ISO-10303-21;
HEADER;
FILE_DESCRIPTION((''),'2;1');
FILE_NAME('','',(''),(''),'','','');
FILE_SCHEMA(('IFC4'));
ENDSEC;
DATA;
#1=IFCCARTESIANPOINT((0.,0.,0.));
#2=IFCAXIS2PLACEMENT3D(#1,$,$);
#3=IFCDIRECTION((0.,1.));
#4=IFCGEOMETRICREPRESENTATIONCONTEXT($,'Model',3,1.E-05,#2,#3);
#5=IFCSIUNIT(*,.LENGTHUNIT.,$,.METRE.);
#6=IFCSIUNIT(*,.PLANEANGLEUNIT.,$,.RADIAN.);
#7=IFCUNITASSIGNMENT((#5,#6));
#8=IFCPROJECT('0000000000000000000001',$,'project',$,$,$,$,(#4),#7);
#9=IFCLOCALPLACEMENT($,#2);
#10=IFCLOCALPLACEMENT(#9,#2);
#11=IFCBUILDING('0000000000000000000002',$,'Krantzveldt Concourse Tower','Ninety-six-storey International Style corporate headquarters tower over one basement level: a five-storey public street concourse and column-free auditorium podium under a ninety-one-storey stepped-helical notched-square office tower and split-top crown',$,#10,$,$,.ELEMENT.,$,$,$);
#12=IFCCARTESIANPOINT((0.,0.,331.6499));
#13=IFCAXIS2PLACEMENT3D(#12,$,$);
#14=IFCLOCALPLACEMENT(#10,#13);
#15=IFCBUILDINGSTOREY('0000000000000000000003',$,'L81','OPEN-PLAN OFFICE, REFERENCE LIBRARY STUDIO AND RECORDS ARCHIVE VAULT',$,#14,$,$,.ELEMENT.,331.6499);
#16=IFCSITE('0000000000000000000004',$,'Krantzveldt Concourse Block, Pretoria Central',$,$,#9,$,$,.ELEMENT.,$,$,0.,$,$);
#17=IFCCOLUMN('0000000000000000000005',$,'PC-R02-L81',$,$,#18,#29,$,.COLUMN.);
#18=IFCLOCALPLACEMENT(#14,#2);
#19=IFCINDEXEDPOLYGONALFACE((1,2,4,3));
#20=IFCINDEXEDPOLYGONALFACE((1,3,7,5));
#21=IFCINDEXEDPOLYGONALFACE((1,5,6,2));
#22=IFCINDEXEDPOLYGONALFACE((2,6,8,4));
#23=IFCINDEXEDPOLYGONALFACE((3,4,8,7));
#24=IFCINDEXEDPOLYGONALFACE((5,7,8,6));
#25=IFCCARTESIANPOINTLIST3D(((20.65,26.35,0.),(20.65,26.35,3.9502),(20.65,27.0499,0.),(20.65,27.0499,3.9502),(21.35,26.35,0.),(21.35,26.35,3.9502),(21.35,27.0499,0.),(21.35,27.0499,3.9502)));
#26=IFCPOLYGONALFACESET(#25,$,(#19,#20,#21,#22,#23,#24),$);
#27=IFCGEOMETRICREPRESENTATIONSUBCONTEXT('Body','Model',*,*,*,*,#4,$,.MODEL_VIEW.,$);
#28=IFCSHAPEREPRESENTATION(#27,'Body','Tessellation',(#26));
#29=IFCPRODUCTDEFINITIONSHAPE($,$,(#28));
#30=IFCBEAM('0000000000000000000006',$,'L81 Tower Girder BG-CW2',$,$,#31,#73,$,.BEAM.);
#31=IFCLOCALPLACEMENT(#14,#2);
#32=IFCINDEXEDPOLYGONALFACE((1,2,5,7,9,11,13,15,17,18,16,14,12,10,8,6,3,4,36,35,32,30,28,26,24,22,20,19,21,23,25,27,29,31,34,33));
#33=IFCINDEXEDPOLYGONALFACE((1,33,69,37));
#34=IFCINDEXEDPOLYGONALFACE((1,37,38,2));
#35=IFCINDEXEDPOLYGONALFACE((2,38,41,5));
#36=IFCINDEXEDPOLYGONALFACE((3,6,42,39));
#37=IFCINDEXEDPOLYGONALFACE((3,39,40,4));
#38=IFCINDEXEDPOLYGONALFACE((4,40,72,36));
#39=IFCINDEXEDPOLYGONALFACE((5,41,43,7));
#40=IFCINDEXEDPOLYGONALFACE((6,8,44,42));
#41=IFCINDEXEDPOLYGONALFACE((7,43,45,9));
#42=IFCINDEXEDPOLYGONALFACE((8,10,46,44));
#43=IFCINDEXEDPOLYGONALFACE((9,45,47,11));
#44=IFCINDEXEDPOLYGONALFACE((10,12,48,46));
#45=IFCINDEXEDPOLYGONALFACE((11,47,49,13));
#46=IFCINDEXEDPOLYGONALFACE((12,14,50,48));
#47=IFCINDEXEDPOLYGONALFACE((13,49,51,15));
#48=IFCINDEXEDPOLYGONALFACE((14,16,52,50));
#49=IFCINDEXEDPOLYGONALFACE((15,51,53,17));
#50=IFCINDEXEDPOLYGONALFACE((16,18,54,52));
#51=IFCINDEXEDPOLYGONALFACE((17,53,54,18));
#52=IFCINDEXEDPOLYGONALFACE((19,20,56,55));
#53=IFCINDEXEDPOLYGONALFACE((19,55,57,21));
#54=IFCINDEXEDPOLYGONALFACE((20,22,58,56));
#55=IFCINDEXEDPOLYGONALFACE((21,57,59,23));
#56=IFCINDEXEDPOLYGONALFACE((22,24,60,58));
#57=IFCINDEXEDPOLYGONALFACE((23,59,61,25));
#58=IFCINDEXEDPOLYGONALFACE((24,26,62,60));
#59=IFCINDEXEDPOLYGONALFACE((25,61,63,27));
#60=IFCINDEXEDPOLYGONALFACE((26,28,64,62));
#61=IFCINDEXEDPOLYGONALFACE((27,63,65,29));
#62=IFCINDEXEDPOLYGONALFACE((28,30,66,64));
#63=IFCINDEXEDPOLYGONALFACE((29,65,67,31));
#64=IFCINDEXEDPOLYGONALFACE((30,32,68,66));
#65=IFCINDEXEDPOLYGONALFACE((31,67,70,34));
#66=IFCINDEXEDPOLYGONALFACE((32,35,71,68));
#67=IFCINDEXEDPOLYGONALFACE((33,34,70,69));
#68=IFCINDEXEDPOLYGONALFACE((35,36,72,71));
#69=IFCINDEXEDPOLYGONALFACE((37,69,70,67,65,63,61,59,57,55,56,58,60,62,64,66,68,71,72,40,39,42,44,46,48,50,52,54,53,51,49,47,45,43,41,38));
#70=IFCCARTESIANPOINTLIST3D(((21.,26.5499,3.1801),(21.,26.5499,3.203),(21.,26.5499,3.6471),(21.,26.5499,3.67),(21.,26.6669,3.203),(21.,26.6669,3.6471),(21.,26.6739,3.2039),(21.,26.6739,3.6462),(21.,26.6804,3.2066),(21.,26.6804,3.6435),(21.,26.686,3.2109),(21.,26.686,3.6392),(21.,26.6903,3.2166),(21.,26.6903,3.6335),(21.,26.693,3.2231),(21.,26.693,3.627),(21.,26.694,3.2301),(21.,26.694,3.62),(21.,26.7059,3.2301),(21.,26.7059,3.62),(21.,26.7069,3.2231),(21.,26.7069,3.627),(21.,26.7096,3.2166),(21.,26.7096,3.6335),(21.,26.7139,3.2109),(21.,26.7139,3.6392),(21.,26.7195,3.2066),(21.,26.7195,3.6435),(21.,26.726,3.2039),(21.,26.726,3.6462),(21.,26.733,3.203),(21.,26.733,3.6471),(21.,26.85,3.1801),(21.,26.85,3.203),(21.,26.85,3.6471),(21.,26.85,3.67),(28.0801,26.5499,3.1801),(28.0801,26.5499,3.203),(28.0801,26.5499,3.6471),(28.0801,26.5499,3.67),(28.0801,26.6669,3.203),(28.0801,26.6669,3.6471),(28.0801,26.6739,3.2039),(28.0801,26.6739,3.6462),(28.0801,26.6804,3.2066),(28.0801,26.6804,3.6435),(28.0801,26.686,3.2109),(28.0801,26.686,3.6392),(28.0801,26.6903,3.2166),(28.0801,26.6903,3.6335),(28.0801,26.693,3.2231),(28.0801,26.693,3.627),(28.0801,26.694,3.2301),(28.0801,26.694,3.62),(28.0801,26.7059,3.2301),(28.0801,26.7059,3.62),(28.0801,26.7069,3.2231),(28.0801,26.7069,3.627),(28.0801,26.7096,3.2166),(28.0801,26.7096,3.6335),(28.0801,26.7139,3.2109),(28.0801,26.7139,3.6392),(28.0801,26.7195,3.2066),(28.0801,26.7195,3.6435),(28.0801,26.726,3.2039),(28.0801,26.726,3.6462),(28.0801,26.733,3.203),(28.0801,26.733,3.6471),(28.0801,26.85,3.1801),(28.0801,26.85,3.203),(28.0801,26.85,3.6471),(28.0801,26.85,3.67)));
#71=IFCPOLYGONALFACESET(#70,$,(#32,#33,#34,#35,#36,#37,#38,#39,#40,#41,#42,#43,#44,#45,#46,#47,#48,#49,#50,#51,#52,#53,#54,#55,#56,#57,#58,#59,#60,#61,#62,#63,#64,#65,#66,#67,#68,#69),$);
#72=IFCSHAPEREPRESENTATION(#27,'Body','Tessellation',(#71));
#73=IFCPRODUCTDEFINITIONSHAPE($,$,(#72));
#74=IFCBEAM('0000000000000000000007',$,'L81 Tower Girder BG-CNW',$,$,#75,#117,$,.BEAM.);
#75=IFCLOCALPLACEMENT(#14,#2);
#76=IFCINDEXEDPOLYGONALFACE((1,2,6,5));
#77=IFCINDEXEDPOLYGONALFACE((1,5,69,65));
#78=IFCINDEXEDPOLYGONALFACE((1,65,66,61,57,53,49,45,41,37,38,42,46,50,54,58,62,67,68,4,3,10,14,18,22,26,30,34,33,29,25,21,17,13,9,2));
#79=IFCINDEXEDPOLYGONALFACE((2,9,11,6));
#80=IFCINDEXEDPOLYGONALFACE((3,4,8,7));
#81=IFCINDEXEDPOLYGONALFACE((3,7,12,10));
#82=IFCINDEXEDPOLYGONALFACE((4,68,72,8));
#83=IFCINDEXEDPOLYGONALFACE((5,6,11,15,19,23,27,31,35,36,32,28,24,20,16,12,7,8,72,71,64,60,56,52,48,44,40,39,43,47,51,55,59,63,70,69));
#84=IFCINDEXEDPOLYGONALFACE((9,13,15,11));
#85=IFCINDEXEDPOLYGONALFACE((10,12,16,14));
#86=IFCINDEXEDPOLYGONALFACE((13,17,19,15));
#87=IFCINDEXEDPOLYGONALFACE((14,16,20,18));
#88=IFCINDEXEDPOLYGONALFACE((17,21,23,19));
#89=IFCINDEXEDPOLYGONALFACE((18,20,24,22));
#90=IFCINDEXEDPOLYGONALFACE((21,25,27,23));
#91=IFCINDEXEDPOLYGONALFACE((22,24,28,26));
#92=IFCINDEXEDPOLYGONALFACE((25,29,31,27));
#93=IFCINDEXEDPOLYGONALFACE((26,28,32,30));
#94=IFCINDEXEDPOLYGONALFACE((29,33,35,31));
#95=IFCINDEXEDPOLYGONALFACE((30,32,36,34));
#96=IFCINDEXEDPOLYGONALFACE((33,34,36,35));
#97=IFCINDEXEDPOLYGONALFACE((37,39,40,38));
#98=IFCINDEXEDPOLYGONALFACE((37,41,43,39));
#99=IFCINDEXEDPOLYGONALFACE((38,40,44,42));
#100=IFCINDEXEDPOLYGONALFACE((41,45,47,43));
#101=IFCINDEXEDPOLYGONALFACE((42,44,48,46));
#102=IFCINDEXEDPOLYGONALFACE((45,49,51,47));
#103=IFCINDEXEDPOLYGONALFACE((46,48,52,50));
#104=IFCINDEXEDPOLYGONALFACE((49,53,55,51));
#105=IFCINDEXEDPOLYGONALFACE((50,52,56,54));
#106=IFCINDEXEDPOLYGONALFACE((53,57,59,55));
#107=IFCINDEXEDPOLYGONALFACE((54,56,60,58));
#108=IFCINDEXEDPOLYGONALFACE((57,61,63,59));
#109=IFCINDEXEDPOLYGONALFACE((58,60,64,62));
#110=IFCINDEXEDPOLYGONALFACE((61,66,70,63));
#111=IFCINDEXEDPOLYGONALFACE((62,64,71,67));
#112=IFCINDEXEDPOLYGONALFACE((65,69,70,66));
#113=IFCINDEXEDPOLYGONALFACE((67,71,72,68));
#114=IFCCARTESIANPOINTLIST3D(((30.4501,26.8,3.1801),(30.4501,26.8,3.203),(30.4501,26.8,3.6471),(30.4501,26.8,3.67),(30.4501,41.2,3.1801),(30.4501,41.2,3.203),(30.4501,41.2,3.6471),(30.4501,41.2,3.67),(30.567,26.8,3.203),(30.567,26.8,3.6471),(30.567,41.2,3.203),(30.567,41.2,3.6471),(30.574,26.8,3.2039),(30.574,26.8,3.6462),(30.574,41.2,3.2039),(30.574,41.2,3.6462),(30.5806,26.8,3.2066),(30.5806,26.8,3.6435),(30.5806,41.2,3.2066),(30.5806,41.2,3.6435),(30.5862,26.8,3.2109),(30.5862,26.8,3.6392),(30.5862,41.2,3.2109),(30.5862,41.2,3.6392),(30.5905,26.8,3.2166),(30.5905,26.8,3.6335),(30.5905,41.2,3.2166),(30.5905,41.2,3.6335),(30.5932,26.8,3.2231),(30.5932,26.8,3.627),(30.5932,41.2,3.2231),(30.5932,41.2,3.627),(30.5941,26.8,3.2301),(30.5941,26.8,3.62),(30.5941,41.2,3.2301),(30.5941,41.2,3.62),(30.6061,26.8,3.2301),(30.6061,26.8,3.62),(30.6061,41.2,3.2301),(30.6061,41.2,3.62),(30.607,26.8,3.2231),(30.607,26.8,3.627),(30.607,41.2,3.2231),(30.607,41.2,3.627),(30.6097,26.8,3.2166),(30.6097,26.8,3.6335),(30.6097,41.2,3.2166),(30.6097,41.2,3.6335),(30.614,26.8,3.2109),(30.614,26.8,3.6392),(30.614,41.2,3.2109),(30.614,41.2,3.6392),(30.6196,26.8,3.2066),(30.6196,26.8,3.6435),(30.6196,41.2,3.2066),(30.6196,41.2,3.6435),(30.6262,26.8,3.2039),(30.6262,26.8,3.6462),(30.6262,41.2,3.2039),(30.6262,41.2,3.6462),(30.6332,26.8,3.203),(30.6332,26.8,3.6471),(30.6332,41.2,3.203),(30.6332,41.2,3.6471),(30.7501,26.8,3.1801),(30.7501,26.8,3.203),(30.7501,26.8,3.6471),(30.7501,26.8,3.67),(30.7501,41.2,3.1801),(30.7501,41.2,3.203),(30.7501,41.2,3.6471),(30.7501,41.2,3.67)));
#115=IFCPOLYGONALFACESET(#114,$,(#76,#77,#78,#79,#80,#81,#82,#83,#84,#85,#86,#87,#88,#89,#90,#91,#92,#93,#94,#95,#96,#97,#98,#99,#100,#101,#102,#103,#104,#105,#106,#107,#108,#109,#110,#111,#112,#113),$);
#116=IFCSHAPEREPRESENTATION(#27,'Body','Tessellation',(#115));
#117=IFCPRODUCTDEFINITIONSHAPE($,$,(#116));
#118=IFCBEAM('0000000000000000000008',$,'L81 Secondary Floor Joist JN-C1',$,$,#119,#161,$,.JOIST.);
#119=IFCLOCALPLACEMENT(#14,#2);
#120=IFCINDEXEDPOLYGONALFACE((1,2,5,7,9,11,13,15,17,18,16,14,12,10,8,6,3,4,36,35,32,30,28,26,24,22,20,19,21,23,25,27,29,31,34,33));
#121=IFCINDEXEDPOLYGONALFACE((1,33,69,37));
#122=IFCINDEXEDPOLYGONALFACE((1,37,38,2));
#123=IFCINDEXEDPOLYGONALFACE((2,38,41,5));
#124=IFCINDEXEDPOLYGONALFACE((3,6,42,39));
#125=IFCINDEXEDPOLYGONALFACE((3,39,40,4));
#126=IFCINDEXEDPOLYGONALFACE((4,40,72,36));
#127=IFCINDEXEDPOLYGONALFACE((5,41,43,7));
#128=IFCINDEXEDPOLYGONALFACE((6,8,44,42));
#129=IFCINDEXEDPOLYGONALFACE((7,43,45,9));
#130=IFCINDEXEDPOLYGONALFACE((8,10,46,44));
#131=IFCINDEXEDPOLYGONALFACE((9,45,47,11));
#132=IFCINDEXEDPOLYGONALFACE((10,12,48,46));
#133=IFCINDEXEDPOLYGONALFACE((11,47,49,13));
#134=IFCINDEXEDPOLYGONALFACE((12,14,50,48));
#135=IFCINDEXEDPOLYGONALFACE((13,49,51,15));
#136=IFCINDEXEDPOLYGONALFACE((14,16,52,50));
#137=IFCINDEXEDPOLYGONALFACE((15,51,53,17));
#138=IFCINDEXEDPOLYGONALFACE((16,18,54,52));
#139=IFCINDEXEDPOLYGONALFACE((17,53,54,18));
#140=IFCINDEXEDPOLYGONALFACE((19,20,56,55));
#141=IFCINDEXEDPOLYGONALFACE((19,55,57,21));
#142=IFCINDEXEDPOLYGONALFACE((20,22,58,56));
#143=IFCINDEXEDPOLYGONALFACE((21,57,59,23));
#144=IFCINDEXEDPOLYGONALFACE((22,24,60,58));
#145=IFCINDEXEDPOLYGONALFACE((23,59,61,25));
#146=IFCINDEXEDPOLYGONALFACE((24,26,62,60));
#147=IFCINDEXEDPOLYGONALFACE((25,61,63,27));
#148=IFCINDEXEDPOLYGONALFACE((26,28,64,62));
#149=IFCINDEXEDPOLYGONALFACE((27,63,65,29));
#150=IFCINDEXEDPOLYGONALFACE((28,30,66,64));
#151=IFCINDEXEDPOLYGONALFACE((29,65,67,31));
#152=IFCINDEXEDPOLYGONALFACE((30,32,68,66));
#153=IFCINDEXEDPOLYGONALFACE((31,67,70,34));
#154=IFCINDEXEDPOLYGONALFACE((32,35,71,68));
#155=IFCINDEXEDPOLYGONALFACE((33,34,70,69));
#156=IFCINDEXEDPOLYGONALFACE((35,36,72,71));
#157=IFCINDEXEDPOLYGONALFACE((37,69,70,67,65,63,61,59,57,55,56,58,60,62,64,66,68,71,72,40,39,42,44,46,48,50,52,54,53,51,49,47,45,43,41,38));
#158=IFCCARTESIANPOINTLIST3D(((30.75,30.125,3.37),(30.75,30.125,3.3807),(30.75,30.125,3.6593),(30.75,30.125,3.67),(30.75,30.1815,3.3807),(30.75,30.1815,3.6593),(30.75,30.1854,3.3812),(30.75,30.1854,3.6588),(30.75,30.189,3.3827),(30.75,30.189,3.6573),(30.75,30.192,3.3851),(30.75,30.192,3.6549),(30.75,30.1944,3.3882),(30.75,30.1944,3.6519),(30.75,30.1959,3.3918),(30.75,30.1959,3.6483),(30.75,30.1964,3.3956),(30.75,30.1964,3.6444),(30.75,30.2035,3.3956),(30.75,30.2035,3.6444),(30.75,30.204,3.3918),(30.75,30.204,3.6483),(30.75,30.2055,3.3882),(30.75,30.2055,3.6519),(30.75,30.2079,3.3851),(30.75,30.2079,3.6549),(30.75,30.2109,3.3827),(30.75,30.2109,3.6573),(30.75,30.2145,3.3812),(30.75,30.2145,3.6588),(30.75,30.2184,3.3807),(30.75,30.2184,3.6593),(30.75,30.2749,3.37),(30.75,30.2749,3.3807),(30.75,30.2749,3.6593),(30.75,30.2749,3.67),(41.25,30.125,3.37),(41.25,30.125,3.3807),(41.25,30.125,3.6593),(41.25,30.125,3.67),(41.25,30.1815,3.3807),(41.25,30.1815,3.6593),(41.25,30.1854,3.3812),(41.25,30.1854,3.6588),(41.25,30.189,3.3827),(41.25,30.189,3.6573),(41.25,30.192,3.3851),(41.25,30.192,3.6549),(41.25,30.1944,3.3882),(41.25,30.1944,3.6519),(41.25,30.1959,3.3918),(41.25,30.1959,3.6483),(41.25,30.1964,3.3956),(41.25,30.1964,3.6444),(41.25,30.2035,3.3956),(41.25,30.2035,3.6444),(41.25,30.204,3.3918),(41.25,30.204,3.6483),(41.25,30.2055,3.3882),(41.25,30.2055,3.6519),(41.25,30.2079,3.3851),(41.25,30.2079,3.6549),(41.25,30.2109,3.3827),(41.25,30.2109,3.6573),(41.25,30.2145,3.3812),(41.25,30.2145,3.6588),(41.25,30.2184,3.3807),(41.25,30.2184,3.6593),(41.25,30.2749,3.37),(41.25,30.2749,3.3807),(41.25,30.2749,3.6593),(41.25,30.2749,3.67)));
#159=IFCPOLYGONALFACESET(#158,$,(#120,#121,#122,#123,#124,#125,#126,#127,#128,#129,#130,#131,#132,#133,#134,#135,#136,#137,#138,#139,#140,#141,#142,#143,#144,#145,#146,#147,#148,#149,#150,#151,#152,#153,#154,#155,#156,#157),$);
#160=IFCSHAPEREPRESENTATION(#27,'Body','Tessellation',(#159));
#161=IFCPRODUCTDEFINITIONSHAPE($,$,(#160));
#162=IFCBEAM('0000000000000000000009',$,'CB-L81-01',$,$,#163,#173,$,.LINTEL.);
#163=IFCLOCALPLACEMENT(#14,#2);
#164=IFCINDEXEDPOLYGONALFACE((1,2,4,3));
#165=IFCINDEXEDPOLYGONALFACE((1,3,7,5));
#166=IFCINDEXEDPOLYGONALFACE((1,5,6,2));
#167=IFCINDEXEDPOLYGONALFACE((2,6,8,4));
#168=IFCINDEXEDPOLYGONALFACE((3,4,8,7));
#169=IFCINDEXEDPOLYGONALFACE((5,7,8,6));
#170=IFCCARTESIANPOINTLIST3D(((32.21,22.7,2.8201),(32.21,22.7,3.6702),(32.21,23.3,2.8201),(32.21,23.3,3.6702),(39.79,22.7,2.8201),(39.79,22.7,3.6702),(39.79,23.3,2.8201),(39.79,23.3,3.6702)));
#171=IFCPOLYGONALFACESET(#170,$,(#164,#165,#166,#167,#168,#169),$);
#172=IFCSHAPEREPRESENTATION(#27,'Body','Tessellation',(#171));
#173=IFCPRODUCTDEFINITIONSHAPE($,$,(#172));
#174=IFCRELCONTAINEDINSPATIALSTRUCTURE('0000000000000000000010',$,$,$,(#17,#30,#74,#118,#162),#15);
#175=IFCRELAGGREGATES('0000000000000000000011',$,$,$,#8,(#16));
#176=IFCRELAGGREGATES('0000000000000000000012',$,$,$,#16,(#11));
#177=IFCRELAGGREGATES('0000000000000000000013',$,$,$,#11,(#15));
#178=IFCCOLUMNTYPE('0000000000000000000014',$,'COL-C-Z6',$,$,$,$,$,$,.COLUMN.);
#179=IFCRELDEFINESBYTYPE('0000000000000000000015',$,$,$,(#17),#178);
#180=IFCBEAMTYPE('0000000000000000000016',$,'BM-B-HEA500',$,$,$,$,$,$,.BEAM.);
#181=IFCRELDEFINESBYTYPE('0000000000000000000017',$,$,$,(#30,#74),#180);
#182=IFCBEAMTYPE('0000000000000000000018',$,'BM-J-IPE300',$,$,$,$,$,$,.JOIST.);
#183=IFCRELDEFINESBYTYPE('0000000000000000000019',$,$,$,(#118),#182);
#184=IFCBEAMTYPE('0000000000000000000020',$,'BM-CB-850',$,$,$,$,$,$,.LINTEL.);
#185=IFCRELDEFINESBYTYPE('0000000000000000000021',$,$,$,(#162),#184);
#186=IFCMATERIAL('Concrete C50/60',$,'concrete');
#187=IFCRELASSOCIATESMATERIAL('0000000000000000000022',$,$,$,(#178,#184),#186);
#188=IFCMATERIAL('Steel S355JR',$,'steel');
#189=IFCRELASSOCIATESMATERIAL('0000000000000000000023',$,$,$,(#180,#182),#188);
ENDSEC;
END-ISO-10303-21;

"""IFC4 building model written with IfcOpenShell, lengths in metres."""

from ifc_helpers import new_model, si_unit, direction, frame, origin, origin_2d, place, context, subcontext, project, spatial, rectangle, i_section, extrude, source, transform, mapped, material, material_profile, profile_set, type_object, type_shapes, element, save


model = new_model("IFC4")

# Units and contexts
model_context = context("Model", 3, precision=1e-05, world=origin(), true_north=direction((0.0, 1.0)))
body_context = subcontext(model_context, "Body", "Model", "MODEL_VIEW")
ifc_project = project(units=[si_unit("LENGTHUNIT", "METRE"), si_unit("PLANEANGLEUNIT", "RADIAN")], contexts=[model_context])

# Site, building, storey
site_placement = place(None, origin())
site = spatial("IfcSite", under=ifc_project, at=site_placement, Name="Krantzveldt Concourse Block, Pretoria Central", CompositionType="ELEMENT", RefElevation=0.0)
building_placement = place(site_placement, origin())
building = spatial("IfcBuilding", under=site, at=building_placement, Name="Krantzveldt Concourse Tower", Description="Ninety-six-storey International Style corporate headquarters tower over one basement level: a five-storey public street concourse and column-free auditorium podium under a ninety-one-storey stepped-helical notched-square office tower and split-top crown", CompositionType="ELEMENT")
storey_placement = place(building_placement, frame((0.0, 0.0, 331.6499)))
storey = spatial("IfcBuildingStorey", under=building, at=storey_placement, Name="L81", Description="OPEN-PLAN OFFICE, REFERENCE LIBRARY STUDIO AND RECORDS ARCHIVE VAULT", CompositionType="ELEMENT", Elevation=331.6499)

# Column
ifc_material_1 = material(Name="Concrete C50/60", Category="concrete")
ifc_material_profile_1 = material_profile(ifc_material_1, rectangle(XDim=0.7, YDim=0.7, at=origin_2d()), Name="Concrete C50/60", Category="concrete")
ifc_profile_set_1 = profile_set([ifc_material_profile_1], Name="Concrete C50/60 - RC 700x700")
column_type = type_object("IfcColumnType", Name="COL-C-Z6", PredefinedType="COLUMN", material=ifc_profile_set_1)
shared_shape_1 = source(origin(), body_context, "Body", "SweptSolid", [
    extrude(rectangle(XDim=0.7, YDim=0.7, at=origin_2d()), origin(), (0.0, 0.0, 1.0), 3.9502),
])
type_shapes(column_type, [shared_shape_1])
column_placement = place(storey_placement, frame((21.0, 26.7, 0.0), z_axis=(0.0, 0.0, 1.0), x_axis=(1.0, 0.0, 0.0)))
element("IfcColumn", 1, at=column_placement, inside=storey, type_object=column_type, Name="PC-R02-L81", PredefinedType="COLUMN", context=body_context, shape_type="MappedRepresentation", body=[
    mapped(shared_shape_1, transform((0.0, 0.0, 0.0), x_axis=(1.0, 0.0, 0.0), y_axis=(0.0, 1.0, 0.0), z_axis=(0.0, 0.0, 1.0), scale=1.0)),
])

# Beams
ifc_material_2 = material(Name="Steel S355JR", Category="steel")
ifc_material_profile_2 = material_profile(ifc_material_2, i_section(OverallWidth=0.3, OverallDepth=0.49, WebThickness=0.012, FlangeThickness=0.0229, FilletRadius=0.0271, at=origin_2d()), Name="Steel S355JR", Category="steel")
ifc_profile_set_2 = profile_set([ifc_material_profile_2], Name="Steel S355JR - HEA 500")
beam_type_1 = type_object("IfcBeamType", Name="BM-B-HEA500", PredefinedType="BEAM", material=ifc_profile_set_2)
shared_shape_2 = source(origin(), body_context, "Body", "SweptSolid", [
    extrude(i_section(OverallWidth=0.3, OverallDepth=0.49, WebThickness=0.012, FlangeThickness=0.0229, FilletRadius=0.0271, at=origin_2d()), origin(), (0.0, 0.0, 1.0), 7.0801),
])
beam_1_placement = place(storey_placement, frame((21.0, 26.7, 3.425), z_axis=(1.0, 0.0, 0.0), x_axis=(0.0, 1.0, 0.0)))
element("IfcBeam", 2, at=beam_1_placement, inside=storey, type_object=beam_type_1, Name="L81 Tower Girder BG-CW2", PredefinedType="BEAM", context=body_context, shape_type="MappedRepresentation", body=[
    mapped(shared_shape_2, transform((0.0, 0.0, 0.0), x_axis=(1.0, 0.0, 0.0), y_axis=(0.0, 1.0, 0.0), z_axis=(0.0, 0.0, 1.0), scale=1.0)),
])
shared_shape_3 = source(origin(), body_context, "Body", "SweptSolid", [
    extrude(i_section(OverallWidth=0.3, OverallDepth=0.49, WebThickness=0.012, FlangeThickness=0.0229, FilletRadius=0.0271, at=origin_2d()), origin(), (0.0, 0.0, 1.0), 14.3999),
])
type_shapes(beam_type_1, [shared_shape_2, shared_shape_3])
beam_2_placement = place(storey_placement, frame((30.6001, 26.8, 3.425), z_axis=(0.0, 1.0, 0.0), x_axis=(-1.0, 0.0, 0.0)))
element("IfcBeam", 3, at=beam_2_placement, inside=storey, type_object=beam_type_1, Name="L81 Tower Girder BG-CNW", PredefinedType="BEAM", context=body_context, shape_type="MappedRepresentation", body=[
    mapped(shared_shape_3, transform((0.0, 0.0, 0.0), x_axis=(1.0, 0.0, 0.0), y_axis=(0.0, 1.0, 0.0), z_axis=(0.0, 0.0, 1.0), scale=1.0)),
])
ifc_material_profile_3 = material_profile(ifc_material_2, i_section(OverallWidth=0.1499, OverallDepth=0.3, WebThickness=0.0071, FlangeThickness=0.0107, FilletRadius=0.0149, at=origin_2d()), Name="Steel S355JR", Category="steel")
ifc_profile_set_3 = profile_set([ifc_material_profile_3], Name="Steel S355JR - IPE 300")
beam_type_2 = type_object("IfcBeamType", Name="BM-J-IPE300", PredefinedType="JOIST", material=ifc_profile_set_3)
shared_shape_4 = source(origin(), body_context, "Body", "SweptSolid", [
    extrude(i_section(OverallWidth=0.1499, OverallDepth=0.3, WebThickness=0.0071, FlangeThickness=0.0107, FilletRadius=0.0149, at=origin_2d()), origin(), (0.0, 0.0, 1.0), 10.5),
])
beam_3_placement = place(storey_placement, frame((30.75, 30.2, 3.52), z_axis=(1.0, 0.0, 0.0), x_axis=(0.0, 1.0, 0.0)))
element("IfcBeam", 4, at=beam_3_placement, inside=storey, type_object=beam_type_2, Name="L81 Secondary Floor Joist JN-C1", PredefinedType="JOIST", context=body_context, shape_type="MappedRepresentation", body=[
    mapped(shared_shape_4, transform((0.0, 0.0, 0.0), x_axis=(1.0, 0.0, 0.0), y_axis=(0.0, 1.0, 0.0), z_axis=(0.0, 0.0, 1.0), scale=1.0)),
])
ifc_material_profile_4 = material_profile(ifc_material_1, rectangle(XDim=0.6001, YDim=0.8501, at=origin_2d()), Name="Concrete C50/60", Category="concrete")
ifc_profile_set_4 = profile_set([ifc_material_profile_4], Name="Concrete C50/60 - RC-CB 600x850")
beam_type_3 = type_object("IfcBeamType", Name="BM-CB-850", PredefinedType="LINTEL", material=ifc_profile_set_4)
shared_shape_5 = source(origin(), body_context, "Body", "SweptSolid", [
    extrude(rectangle(XDim=0.6001, YDim=0.8501, at=origin_2d()), origin(), (0.0, 0.0, 1.0), 7.5801),
])
type_shapes(beam_type_3, [shared_shape_5])
beam_4_placement = place(storey_placement, frame((32.21, 23.0, 3.2451), z_axis=(1.0, 0.0, 0.0), x_axis=(0.0, 1.0, 0.0)))
element("IfcBeam", 5, at=beam_4_placement, inside=storey, type_object=beam_type_3, Name="CB-L81-01", PredefinedType="LINTEL", context=body_context, shape_type="MappedRepresentation", body=[
    mapped(shared_shape_5, transform((0.0, 0.0, 0.0), x_axis=(1.0, 0.0, 0.0), y_axis=(0.0, 1.0, 0.0), z_axis=(0.0, 0.0, 1.0), scale=1.0)),
])

save(model, "model.ifc")
